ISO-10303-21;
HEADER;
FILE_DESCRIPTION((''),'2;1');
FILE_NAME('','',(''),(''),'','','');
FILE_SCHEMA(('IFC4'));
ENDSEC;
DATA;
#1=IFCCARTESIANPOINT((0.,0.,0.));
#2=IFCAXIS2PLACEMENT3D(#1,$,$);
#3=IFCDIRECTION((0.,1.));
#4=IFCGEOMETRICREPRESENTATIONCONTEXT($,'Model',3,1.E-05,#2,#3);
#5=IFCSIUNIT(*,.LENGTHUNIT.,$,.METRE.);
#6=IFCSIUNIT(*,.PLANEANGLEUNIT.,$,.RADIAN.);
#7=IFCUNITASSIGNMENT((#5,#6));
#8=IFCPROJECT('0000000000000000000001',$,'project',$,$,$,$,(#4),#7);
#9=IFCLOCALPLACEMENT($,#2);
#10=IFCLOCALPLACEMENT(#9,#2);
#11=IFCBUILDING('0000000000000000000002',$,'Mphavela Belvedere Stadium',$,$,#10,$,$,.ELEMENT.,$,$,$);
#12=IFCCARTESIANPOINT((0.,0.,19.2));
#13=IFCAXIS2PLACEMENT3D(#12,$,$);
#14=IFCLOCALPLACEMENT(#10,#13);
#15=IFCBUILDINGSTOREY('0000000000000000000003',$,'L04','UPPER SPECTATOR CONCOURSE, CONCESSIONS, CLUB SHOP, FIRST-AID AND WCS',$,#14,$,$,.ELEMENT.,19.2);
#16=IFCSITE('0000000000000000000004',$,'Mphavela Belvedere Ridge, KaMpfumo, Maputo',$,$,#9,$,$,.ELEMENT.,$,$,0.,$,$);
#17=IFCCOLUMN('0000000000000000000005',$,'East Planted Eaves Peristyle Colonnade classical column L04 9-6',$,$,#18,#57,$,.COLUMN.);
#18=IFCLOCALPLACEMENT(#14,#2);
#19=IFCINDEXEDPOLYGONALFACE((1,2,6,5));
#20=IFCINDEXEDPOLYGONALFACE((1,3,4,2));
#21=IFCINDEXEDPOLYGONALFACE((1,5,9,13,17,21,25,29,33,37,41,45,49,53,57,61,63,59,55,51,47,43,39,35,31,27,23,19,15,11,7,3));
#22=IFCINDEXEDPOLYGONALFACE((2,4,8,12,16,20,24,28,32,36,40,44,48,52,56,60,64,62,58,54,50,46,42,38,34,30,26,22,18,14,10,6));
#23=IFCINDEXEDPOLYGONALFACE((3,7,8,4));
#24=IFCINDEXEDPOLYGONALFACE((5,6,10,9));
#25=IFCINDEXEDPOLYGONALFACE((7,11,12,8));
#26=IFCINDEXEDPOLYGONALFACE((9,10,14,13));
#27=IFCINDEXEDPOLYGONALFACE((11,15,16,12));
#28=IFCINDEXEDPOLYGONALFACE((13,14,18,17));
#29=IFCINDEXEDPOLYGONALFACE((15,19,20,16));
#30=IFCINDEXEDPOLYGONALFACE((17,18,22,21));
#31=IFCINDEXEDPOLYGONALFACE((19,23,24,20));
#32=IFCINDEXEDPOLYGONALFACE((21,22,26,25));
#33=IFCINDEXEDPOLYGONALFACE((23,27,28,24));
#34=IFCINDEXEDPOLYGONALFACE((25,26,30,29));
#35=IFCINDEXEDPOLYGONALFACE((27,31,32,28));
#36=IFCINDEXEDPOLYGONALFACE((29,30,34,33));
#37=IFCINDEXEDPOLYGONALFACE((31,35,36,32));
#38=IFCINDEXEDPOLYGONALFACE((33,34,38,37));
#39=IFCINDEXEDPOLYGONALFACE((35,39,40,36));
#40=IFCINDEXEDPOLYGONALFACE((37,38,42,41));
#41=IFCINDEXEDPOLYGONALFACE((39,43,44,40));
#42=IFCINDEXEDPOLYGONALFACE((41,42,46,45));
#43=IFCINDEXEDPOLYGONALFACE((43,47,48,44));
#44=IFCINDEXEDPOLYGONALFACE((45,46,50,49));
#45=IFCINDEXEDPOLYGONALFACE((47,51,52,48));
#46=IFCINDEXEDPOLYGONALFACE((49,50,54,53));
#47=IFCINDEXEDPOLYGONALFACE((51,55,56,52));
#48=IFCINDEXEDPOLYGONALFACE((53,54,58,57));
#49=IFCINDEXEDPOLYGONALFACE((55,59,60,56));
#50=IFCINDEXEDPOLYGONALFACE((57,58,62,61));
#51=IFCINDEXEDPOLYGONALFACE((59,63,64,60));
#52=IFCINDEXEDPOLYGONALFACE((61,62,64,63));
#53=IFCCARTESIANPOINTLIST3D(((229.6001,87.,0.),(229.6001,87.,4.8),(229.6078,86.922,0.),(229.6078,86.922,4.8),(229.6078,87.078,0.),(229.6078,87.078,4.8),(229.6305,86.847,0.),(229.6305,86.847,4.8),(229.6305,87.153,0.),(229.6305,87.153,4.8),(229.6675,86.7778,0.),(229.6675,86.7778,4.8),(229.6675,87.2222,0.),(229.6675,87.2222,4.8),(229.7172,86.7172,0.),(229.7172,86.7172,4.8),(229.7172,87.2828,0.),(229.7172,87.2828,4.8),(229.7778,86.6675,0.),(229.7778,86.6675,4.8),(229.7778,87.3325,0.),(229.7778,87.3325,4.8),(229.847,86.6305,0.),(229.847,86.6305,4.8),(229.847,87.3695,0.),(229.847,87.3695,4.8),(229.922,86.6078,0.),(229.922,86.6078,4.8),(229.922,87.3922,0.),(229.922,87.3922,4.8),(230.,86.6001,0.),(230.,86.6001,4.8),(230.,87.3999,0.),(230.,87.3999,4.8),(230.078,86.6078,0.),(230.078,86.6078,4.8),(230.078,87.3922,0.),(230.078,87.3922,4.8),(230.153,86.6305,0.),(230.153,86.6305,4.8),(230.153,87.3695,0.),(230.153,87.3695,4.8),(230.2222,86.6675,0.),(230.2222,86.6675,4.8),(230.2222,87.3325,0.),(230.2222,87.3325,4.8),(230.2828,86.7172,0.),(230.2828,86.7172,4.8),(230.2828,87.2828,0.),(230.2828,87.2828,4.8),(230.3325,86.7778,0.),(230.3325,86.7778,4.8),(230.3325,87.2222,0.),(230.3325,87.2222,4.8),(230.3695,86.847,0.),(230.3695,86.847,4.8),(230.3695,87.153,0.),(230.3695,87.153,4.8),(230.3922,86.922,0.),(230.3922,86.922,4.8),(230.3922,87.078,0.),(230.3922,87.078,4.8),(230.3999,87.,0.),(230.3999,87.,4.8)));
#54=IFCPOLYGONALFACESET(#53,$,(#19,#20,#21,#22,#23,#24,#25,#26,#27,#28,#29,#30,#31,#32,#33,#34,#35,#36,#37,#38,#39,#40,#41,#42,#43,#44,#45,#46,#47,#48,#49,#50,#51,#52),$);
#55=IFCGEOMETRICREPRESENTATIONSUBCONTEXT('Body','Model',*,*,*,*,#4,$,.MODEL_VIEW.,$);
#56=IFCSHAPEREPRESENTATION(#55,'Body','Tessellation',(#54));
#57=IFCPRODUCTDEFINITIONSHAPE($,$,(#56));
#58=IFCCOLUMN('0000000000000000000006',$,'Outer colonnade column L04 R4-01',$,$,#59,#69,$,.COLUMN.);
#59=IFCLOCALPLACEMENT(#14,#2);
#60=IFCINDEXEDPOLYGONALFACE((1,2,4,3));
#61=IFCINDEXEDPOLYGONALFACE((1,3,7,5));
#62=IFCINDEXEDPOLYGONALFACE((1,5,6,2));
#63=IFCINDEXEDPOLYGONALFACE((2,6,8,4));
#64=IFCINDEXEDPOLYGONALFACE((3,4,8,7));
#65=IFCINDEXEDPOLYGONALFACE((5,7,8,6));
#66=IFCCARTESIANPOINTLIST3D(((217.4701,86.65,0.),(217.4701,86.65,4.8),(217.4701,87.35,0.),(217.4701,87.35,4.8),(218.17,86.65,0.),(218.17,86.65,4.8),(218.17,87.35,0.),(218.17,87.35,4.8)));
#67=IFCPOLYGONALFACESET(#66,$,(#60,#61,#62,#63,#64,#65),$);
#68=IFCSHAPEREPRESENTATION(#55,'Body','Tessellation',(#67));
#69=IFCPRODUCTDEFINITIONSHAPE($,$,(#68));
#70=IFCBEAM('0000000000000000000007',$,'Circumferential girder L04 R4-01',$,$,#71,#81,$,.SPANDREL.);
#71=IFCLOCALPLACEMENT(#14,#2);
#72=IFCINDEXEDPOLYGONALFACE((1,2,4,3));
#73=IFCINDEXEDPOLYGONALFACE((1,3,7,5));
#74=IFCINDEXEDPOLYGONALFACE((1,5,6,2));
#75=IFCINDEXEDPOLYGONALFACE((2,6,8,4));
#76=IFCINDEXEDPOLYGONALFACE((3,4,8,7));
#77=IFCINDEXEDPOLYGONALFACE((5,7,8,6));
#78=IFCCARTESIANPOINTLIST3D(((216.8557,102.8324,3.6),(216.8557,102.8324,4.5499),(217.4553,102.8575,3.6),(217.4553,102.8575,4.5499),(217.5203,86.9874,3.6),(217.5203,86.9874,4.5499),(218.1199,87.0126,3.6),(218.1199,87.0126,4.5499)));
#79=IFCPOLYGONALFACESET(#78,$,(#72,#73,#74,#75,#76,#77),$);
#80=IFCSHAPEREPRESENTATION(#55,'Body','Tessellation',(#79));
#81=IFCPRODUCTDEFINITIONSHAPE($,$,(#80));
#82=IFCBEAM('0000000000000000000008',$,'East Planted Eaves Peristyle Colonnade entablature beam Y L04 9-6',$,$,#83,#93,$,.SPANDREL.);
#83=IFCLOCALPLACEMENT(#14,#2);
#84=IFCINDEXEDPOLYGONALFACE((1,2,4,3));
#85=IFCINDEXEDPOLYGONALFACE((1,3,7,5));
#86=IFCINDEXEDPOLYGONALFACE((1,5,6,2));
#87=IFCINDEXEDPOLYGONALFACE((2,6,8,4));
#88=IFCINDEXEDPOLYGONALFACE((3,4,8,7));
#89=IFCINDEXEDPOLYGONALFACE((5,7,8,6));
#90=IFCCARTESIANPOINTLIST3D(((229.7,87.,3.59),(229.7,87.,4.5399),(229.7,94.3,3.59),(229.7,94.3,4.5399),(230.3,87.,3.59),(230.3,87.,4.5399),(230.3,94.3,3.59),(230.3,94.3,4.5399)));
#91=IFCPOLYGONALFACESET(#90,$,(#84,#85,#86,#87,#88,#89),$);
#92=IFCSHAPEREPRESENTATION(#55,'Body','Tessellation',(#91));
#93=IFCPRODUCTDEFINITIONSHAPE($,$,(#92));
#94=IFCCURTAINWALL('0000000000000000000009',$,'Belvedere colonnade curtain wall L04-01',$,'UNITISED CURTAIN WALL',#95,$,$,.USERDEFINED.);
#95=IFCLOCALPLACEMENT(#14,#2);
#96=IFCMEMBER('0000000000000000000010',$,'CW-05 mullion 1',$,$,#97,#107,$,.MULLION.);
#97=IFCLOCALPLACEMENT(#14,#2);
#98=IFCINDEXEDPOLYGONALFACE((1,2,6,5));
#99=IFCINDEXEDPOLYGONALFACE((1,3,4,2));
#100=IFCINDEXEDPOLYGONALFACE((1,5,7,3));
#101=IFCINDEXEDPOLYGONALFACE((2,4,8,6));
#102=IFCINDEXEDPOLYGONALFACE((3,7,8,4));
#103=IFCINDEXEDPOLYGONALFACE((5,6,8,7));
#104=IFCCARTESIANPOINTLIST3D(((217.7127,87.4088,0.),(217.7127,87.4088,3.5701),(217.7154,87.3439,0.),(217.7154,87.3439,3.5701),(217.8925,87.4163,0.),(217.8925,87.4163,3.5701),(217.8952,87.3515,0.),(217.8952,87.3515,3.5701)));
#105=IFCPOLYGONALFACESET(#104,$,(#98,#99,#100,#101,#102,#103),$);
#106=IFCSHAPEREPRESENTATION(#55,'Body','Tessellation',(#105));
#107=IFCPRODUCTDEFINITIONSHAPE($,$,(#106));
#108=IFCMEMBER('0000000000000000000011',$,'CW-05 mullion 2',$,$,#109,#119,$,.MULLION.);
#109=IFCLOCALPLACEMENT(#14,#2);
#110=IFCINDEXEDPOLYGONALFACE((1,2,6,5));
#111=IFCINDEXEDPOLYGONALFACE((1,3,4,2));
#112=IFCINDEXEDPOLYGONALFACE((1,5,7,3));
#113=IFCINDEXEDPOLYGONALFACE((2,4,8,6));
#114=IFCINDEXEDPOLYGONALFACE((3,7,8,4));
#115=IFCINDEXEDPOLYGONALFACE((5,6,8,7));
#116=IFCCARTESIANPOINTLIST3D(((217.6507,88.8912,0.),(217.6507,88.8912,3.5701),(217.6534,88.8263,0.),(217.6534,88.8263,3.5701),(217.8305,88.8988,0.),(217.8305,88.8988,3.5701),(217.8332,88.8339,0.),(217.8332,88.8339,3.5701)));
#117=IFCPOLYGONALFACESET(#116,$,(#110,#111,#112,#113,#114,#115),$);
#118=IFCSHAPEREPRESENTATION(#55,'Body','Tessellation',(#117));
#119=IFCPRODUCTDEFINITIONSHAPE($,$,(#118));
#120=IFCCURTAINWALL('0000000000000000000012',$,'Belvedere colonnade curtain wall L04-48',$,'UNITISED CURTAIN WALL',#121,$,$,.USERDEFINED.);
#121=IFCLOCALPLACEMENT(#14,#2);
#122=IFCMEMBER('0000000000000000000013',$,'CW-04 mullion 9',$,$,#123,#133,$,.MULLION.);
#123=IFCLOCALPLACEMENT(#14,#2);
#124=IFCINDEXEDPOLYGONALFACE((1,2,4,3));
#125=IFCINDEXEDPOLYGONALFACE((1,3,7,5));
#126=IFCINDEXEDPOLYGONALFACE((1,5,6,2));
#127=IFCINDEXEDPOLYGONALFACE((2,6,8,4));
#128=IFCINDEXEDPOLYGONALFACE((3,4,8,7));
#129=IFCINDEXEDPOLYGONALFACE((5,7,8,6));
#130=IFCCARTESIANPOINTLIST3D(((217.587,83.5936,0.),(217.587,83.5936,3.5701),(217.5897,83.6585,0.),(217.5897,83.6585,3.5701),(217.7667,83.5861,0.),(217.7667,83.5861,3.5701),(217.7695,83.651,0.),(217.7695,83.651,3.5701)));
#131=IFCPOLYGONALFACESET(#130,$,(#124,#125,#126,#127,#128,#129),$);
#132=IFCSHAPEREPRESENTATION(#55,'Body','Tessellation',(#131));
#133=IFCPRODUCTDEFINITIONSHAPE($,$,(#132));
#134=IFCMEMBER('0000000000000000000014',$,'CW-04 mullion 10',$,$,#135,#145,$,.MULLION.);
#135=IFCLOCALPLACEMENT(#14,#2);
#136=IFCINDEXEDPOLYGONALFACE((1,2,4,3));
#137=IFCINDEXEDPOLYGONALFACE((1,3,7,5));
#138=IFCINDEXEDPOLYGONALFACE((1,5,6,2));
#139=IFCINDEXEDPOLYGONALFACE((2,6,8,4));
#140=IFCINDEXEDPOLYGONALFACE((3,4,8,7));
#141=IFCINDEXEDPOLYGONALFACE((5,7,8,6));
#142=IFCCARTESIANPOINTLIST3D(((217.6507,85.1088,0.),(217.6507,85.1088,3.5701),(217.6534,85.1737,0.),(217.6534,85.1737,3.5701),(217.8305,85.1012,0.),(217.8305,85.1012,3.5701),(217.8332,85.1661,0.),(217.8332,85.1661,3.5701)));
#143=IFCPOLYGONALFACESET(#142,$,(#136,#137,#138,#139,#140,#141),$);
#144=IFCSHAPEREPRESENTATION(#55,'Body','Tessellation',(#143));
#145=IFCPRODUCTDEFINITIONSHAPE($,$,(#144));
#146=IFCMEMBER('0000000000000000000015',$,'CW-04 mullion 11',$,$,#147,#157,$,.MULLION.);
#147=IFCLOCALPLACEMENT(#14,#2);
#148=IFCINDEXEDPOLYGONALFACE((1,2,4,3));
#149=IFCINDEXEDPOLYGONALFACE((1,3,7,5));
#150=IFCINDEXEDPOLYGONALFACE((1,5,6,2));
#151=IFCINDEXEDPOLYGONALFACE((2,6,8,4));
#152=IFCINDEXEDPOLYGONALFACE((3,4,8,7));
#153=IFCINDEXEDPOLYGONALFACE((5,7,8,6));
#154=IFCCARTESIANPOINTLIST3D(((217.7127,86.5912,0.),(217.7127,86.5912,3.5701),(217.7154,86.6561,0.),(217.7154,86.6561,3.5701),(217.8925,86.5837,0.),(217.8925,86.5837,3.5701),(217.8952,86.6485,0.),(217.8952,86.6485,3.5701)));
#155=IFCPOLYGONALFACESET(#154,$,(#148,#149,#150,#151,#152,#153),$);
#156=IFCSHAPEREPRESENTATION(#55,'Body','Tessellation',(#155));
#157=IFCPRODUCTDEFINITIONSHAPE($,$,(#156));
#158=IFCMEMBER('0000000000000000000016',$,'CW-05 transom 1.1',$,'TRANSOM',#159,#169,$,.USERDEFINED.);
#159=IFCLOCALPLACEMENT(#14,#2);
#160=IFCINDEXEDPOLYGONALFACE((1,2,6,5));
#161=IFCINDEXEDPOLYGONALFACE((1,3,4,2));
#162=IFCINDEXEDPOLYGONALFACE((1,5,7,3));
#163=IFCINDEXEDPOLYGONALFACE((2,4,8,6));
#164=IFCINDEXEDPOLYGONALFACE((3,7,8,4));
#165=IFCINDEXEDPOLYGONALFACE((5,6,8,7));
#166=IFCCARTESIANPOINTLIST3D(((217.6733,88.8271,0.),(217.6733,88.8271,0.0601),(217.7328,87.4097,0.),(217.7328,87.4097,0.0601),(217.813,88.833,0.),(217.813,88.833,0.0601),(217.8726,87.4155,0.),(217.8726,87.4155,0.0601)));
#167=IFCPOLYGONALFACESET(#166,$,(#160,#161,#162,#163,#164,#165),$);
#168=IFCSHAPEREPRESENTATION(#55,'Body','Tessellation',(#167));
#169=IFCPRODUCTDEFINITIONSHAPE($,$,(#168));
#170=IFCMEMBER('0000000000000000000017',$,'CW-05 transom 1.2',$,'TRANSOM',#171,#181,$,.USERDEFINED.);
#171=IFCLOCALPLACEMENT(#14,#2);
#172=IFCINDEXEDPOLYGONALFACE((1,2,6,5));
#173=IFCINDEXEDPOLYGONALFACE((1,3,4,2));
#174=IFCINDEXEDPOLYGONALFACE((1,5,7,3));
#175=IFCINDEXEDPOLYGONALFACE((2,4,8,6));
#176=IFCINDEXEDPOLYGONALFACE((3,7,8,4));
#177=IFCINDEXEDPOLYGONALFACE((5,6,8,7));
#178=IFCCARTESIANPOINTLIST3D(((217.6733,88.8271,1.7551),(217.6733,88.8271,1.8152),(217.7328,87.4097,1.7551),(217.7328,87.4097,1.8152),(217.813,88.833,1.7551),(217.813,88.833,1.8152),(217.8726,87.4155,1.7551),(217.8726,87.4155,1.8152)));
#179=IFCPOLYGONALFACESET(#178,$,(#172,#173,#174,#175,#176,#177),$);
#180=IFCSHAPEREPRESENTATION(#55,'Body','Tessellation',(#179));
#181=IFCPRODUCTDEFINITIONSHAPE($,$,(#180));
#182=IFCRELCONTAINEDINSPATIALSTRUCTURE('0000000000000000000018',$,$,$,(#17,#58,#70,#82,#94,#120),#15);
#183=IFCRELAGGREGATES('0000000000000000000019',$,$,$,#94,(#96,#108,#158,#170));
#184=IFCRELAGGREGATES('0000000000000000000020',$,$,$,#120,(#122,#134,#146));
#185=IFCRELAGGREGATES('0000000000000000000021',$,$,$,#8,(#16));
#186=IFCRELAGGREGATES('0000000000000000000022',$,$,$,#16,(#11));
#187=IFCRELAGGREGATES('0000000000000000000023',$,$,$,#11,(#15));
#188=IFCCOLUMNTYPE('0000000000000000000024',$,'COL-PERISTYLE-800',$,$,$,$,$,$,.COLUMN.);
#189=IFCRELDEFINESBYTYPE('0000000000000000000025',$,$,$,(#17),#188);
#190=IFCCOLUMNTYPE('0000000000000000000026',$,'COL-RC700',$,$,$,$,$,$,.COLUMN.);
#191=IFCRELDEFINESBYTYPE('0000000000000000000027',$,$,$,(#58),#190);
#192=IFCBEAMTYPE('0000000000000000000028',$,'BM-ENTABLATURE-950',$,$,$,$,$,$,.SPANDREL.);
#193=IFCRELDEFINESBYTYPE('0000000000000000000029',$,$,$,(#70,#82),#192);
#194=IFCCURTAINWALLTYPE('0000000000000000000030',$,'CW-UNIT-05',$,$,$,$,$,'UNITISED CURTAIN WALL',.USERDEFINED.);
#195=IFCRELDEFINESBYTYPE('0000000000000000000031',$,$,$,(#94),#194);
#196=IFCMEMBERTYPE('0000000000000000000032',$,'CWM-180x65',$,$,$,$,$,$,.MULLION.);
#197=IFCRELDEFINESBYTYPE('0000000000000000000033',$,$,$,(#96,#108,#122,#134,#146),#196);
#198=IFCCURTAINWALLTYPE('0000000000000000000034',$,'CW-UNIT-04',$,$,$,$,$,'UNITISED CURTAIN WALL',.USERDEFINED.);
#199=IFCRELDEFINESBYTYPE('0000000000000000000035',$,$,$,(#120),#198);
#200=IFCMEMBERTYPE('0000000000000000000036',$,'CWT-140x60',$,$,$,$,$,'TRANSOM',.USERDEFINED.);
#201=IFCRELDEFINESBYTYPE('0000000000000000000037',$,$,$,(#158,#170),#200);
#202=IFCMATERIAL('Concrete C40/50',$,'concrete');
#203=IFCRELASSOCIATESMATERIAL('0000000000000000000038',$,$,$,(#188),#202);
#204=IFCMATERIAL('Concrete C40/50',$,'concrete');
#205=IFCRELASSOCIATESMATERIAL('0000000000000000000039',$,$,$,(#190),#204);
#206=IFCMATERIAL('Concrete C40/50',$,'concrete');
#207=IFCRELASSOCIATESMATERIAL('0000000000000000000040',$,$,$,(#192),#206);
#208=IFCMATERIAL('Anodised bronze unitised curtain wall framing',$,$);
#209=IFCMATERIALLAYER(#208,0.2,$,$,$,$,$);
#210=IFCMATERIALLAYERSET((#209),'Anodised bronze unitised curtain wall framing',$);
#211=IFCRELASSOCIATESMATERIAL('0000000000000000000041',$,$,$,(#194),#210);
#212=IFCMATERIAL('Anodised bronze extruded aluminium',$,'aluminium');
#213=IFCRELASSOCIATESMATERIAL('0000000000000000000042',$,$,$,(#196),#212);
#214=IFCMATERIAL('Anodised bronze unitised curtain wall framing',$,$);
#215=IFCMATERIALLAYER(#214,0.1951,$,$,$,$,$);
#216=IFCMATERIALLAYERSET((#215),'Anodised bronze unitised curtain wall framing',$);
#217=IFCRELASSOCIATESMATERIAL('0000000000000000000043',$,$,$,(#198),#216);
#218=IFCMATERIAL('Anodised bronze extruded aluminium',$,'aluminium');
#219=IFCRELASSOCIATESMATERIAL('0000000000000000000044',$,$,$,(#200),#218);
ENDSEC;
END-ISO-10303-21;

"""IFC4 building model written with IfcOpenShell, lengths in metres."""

from ifc_helpers import new_model, si_unit, direction, frame, origin, origin_2d, place, context, subcontext, project, spatial, rectangle, circle, extrude, material, layer, layer_set, material_profile, profile_set, type_object, element, aggregate, save


model = new_model("IFC4")

# Units and contexts
model_context = context("Model", 3, precision=1e-05, world=origin(), true_north=direction((0.0, 1.0)))
body_context = subcontext(model_context, "Body", "Model", "MODEL_VIEW")
ifc_project = project(units=[si_unit("LENGTHUNIT", "METRE"), si_unit("PLANEANGLEUNIT", "RADIAN")], contexts=[model_context])

# Site, building, storey
site_placement = place(None, origin())
site = spatial("IfcSite", under=ifc_project, at=site_placement, Name="Mphavela Belvedere Ridge, KaMpfumo, Maputo", CompositionType="ELEMENT", RefElevation=0.0)
building_placement = place(site_placement, origin())
building = spatial("IfcBuilding", under=site, at=building_placement, Name="Mphavela Belvedere Stadium", CompositionType="ELEMENT")
storey_placement = place(building_placement, frame((0.0, 0.0, 19.2)))
storey = spatial("IfcBuildingStorey", under=building, at=storey_placement, Name="L04", Description="UPPER SPECTATOR CONCOURSE, CONCESSIONS, CLUB SHOP, FIRST-AID AND WCS", CompositionType="ELEMENT", Elevation=19.2)

# Columns
ifc_material_1 = material(Name="Concrete C40/50", Category="concrete")
ifc_material_profile_1 = material_profile(ifc_material_1, circle(Radius=0.3999, at=origin_2d()), Name="COL D800")
ifc_profile_set_1 = profile_set([ifc_material_profile_1], Name="Concrete C40/50")
column_type_1 = type_object("IfcColumnType", Name="COL-PERISTYLE-800", PredefinedType="COLUMN", material=ifc_profile_set_1)
column_1_placement = place(storey_placement, frame((230.0, 87.0, 0.0), z_axis=(0.0, 0.0, 1.0), x_axis=(1.0, 0.0, 0.0)))
element("IfcColumn", 1, at=column_1_placement, inside=storey, type_object=column_type_1, Name="East Planted Eaves Peristyle Colonnade classical column L04 9-6", PredefinedType="COLUMN", context=body_context, shape_type="SweptSolid", body=[
    extrude(circle(Radius=0.3999, at=origin_2d()), origin(), (0.0, 0.0, 1.0), 4.8),
])
ifc_material_2 = material(Name="Concrete C40/50", Category="concrete")
ifc_material_profile_2 = material_profile(ifc_material_2, rectangle(XDim=0.7, YDim=0.7, at=origin_2d()), Name="RC 700x700")
ifc_profile_set_2 = profile_set([ifc_material_profile_2], Name="Concrete C40/50")
column_type_2 = type_object("IfcColumnType", Name="COL-RC700", PredefinedType="COLUMN", material=ifc_profile_set_2)
column_2_placement = place(storey_placement, frame((217.8201, 87.0, 0.0), z_axis=(0.0, 0.0, 1.0), x_axis=(1.0, 0.0, 0.0)))
element("IfcColumn", 2, at=column_2_placement, inside=storey, type_object=column_type_2, Name="Outer colonnade column L04 R4-01", PredefinedType="COLUMN", context=body_context, shape_type="SweptSolid", body=[
    extrude(rectangle(XDim=0.7, YDim=0.7, at=origin_2d()), origin(), (0.0, 0.0, 1.0), 4.8),
])

# Beams
ifc_material_3 = material(Name="Concrete C40/50", Category="concrete")
ifc_material_profile_3 = material_profile(ifc_material_3, rectangle(XDim=0.6001, YDim=0.95, at=origin_2d()), Name="RC 600x950")
ifc_profile_set_3 = profile_set([ifc_material_profile_3], Name="Concrete C40/50")
beam_type = type_object("IfcBeamType", Name="BM-ENTABLATURE-950", PredefinedType="SPANDREL", material=ifc_profile_set_3)
beam_1_placement = place(storey_placement, frame((217.8201, 87.0, 4.075), z_axis=(-0.041904, 0.999122, 0.0), x_axis=(-0.999122, -0.041904, 0.0)))
element("IfcBeam", 3, at=beam_1_placement, inside=storey, type_object=beam_type, Name="Circumferential girder L04 R4-01", PredefinedType="SPANDREL", context=body_context, shape_type="SweptSolid", body=[
    extrude(rectangle(XDim=0.6001, YDim=0.95, at=origin_2d()), origin(), (0.0, 0.0, 1.0), 15.8589),
])
beam_2_placement = place(storey_placement, frame((230.0, 87.0, 4.0649), z_axis=(0.0, 1.0, 0.0), x_axis=(-1.0, 0.0, 0.0)))
element("IfcBeam", 4, at=beam_2_placement, inside=storey, type_object=beam_type, Name="East Planted Eaves Peristyle Colonnade entablature beam Y L04 9-6", PredefinedType="SPANDREL", context=body_context, shape_type="SweptSolid", body=[
    extrude(rectangle(XDim=0.6001, YDim=0.95, at=origin_2d()), origin(), (0.0, 0.0, 1.0), 7.3),
])

# Curtain walls, members
ifc_material_4 = material(Name="Anodised bronze unitised curtain wall framing")
ifc_layer_1 = layer(ifc_material_4, 0.2)
ifc_layer_set_1 = layer_set([ifc_layer_1], Name="Anodised bronze unitised curtain wall framing")
curtain_wall_type_1 = type_object("IfcCurtainWallType", Name="CW-UNIT-05", ElementType="UNITISED CURTAIN WALL", PredefinedType="USERDEFINED", material=ifc_layer_set_1)
curtain_wall_1_placement = place(storey_placement, origin())
curtain_wall_1 = element("IfcCurtainWall", 5, at=curtain_wall_1_placement, inside=storey, type_object=curtain_wall_type_1, Name="Belvedere colonnade curtain wall L04-01", ObjectType="UNITISED CURTAIN WALL", PredefinedType="USERDEFINED")
ifc_material_5 = material(Name="Anodised bronze extruded aluminium", Category="aluminium")
ifc_material_profile_4 = material_profile(ifc_material_5, rectangle(XDim=0.1799, YDim=0.0649, at=origin_2d()), Name="CW-MUL 180x65")
ifc_profile_set_4 = profile_set([ifc_material_profile_4], Name="Anodised bronze extruded aluminium")
member_type_1 = type_object("IfcMemberType", Name="CWM-180x65", PredefinedType="MULLION", material=ifc_profile_set_4)
member_1_placement = place(storey_placement, frame((217.804, 87.3801, 0.0), z_axis=(0.0, 0.0, 1.0), x_axis=(-0.999122, -0.041905, 0.0)))
member_1 = element("IfcMember", 6, at=member_1_placement, type_object=member_type_1, Name="CW-05 mullion 1", PredefinedType="MULLION", context=body_context, shape_type="SweptSolid", body=[
    extrude(rectangle(XDim=0.1799, YDim=0.0649, at=origin_2d()), origin(), (0.0, 0.0, 1.0), 3.5701),
])
member_2_placement = place(storey_placement, frame((217.7419, 88.8625, 0.0), z_axis=(0.0, 0.0, 1.0), x_axis=(-0.999122, -0.041905, 0.0)))
member_2 = element("IfcMember", 7, at=member_2_placement, type_object=member_type_1, Name="CW-05 mullion 2", PredefinedType="MULLION", context=body_context, shape_type="SweptSolid", body=[
    extrude(rectangle(XDim=0.1799, YDim=0.0649, at=origin_2d()), origin(), (0.0, 0.0, 1.0), 3.5701),
])
ifc_material_6 = material(Name="Anodised bronze unitised curtain wall framing")
ifc_layer_2 = layer(ifc_material_6, 0.1951)
ifc_layer_set_2 = layer_set([ifc_layer_2], Name="Anodised bronze unitised curtain wall framing")
curtain_wall_type_2 = type_object("IfcCurtainWallType", Name="CW-UNIT-04", ElementType="UNITISED CURTAIN WALL", PredefinedType="USERDEFINED", material=ifc_layer_set_2)
curtain_wall_2_placement = place(storey_placement, origin())
curtain_wall_2 = element("IfcCurtainWall", 8, at=curtain_wall_2_placement, inside=storey, type_object=curtain_wall_type_2, Name="Belvedere colonnade curtain wall L04-48", ObjectType="UNITISED CURTAIN WALL", PredefinedType="USERDEFINED")
member_3_placement = place(storey_placement, frame((217.6782, 83.6223, 0.0), z_axis=(0.0, 0.0, 1.0), x_axis=(-0.999122, 0.041905, 0.0)))
member_3 = element("IfcMember", 9, at=member_3_placement, type_object=member_type_1, Name="CW-04 mullion 9", PredefinedType="MULLION", context=body_context, shape_type="SweptSolid", body=[
    extrude(rectangle(XDim=0.1799, YDim=0.0649, at=origin_2d()), origin(), (0.0, 0.0, 1.0), 3.5701),
])
member_4_placement = place(storey_placement, frame((217.7419, 85.1375, 0.0), z_axis=(0.0, 0.0, 1.0), x_axis=(-0.999122, 0.041905, 0.0)))
member_4 = element("IfcMember", 10, at=member_4_placement, type_object=member_type_1, Name="CW-04 mullion 10", PredefinedType="MULLION", context=body_context, shape_type="SweptSolid", body=[
    extrude(rectangle(XDim=0.1799, YDim=0.0649, at=origin_2d()), origin(), (0.0, 0.0, 1.0), 3.5701),
])
member_5_placement = place(storey_placement, frame((217.804, 86.6199, 0.0), z_axis=(0.0, 0.0, 1.0), x_axis=(-0.999122, 0.041905, 0.0)))
member_5 = element("IfcMember", 11, at=member_5_placement, type_object=member_type_1, Name="CW-04 mullion 11", PredefinedType="MULLION", context=body_context, shape_type="SweptSolid", body=[
    extrude(rectangle(XDim=0.1799, YDim=0.0649, at=origin_2d()), origin(), (0.0, 0.0, 1.0), 3.5701),
])

# Members
ifc_material_7 = material(Name="Anodised bronze extruded aluminium", Category="aluminium")
ifc_material_profile_5 = material_profile(ifc_material_7, rectangle(XDim=0.1399, YDim=0.0601, at=origin_2d()), Name="CW-TRN 140x60")
ifc_profile_set_5 = profile_set([ifc_material_profile_5], Name="Anodised bronze extruded aluminium")
member_type_2 = type_object("IfcMemberType", Name="CWT-140x60", ElementType="TRANSOM", PredefinedType="USERDEFINED", material=ifc_profile_set_5)
member_6_placement = place(storey_placement, frame((217.8027, 87.4126, 0.03), z_axis=(-0.041988, 0.999118, 0.0), x_axis=(-0.999118, -0.041988, 0.0)))
member_6 = element("IfcMember", 12, at=member_6_placement, type_object=member_type_2, Name="CW-05 transom 1.1", ObjectType="TRANSOM", PredefinedType="USERDEFINED", context=body_context, shape_type="SweptSolid", body=[
    extrude(rectangle(XDim=0.1399, YDim=0.0601, at=origin_2d()), origin(), (0.0, 0.0, 1.0), 1.4187),
])
member_7_placement = place(storey_placement, frame((217.8027, 87.4126, 1.7852), z_axis=(-0.041988, 0.999118, 0.0), x_axis=(-0.999118, -0.041988, 0.0)))
member_7 = element("IfcMember", 13, at=member_7_placement, type_object=member_type_2, Name="CW-05 transom 1.2", ObjectType="TRANSOM", PredefinedType="USERDEFINED", context=body_context, shape_type="SweptSolid", body=[
    extrude(rectangle(XDim=0.1399, YDim=0.0601, at=origin_2d()), origin(), (0.0, 0.0, 1.0), 1.4187),
])

aggregate(curtain_wall_1, [member_1, member_2, member_6, member_7])
aggregate(curtain_wall_2, [member_3, member_4, member_5])

save(model, "model.ifc")
